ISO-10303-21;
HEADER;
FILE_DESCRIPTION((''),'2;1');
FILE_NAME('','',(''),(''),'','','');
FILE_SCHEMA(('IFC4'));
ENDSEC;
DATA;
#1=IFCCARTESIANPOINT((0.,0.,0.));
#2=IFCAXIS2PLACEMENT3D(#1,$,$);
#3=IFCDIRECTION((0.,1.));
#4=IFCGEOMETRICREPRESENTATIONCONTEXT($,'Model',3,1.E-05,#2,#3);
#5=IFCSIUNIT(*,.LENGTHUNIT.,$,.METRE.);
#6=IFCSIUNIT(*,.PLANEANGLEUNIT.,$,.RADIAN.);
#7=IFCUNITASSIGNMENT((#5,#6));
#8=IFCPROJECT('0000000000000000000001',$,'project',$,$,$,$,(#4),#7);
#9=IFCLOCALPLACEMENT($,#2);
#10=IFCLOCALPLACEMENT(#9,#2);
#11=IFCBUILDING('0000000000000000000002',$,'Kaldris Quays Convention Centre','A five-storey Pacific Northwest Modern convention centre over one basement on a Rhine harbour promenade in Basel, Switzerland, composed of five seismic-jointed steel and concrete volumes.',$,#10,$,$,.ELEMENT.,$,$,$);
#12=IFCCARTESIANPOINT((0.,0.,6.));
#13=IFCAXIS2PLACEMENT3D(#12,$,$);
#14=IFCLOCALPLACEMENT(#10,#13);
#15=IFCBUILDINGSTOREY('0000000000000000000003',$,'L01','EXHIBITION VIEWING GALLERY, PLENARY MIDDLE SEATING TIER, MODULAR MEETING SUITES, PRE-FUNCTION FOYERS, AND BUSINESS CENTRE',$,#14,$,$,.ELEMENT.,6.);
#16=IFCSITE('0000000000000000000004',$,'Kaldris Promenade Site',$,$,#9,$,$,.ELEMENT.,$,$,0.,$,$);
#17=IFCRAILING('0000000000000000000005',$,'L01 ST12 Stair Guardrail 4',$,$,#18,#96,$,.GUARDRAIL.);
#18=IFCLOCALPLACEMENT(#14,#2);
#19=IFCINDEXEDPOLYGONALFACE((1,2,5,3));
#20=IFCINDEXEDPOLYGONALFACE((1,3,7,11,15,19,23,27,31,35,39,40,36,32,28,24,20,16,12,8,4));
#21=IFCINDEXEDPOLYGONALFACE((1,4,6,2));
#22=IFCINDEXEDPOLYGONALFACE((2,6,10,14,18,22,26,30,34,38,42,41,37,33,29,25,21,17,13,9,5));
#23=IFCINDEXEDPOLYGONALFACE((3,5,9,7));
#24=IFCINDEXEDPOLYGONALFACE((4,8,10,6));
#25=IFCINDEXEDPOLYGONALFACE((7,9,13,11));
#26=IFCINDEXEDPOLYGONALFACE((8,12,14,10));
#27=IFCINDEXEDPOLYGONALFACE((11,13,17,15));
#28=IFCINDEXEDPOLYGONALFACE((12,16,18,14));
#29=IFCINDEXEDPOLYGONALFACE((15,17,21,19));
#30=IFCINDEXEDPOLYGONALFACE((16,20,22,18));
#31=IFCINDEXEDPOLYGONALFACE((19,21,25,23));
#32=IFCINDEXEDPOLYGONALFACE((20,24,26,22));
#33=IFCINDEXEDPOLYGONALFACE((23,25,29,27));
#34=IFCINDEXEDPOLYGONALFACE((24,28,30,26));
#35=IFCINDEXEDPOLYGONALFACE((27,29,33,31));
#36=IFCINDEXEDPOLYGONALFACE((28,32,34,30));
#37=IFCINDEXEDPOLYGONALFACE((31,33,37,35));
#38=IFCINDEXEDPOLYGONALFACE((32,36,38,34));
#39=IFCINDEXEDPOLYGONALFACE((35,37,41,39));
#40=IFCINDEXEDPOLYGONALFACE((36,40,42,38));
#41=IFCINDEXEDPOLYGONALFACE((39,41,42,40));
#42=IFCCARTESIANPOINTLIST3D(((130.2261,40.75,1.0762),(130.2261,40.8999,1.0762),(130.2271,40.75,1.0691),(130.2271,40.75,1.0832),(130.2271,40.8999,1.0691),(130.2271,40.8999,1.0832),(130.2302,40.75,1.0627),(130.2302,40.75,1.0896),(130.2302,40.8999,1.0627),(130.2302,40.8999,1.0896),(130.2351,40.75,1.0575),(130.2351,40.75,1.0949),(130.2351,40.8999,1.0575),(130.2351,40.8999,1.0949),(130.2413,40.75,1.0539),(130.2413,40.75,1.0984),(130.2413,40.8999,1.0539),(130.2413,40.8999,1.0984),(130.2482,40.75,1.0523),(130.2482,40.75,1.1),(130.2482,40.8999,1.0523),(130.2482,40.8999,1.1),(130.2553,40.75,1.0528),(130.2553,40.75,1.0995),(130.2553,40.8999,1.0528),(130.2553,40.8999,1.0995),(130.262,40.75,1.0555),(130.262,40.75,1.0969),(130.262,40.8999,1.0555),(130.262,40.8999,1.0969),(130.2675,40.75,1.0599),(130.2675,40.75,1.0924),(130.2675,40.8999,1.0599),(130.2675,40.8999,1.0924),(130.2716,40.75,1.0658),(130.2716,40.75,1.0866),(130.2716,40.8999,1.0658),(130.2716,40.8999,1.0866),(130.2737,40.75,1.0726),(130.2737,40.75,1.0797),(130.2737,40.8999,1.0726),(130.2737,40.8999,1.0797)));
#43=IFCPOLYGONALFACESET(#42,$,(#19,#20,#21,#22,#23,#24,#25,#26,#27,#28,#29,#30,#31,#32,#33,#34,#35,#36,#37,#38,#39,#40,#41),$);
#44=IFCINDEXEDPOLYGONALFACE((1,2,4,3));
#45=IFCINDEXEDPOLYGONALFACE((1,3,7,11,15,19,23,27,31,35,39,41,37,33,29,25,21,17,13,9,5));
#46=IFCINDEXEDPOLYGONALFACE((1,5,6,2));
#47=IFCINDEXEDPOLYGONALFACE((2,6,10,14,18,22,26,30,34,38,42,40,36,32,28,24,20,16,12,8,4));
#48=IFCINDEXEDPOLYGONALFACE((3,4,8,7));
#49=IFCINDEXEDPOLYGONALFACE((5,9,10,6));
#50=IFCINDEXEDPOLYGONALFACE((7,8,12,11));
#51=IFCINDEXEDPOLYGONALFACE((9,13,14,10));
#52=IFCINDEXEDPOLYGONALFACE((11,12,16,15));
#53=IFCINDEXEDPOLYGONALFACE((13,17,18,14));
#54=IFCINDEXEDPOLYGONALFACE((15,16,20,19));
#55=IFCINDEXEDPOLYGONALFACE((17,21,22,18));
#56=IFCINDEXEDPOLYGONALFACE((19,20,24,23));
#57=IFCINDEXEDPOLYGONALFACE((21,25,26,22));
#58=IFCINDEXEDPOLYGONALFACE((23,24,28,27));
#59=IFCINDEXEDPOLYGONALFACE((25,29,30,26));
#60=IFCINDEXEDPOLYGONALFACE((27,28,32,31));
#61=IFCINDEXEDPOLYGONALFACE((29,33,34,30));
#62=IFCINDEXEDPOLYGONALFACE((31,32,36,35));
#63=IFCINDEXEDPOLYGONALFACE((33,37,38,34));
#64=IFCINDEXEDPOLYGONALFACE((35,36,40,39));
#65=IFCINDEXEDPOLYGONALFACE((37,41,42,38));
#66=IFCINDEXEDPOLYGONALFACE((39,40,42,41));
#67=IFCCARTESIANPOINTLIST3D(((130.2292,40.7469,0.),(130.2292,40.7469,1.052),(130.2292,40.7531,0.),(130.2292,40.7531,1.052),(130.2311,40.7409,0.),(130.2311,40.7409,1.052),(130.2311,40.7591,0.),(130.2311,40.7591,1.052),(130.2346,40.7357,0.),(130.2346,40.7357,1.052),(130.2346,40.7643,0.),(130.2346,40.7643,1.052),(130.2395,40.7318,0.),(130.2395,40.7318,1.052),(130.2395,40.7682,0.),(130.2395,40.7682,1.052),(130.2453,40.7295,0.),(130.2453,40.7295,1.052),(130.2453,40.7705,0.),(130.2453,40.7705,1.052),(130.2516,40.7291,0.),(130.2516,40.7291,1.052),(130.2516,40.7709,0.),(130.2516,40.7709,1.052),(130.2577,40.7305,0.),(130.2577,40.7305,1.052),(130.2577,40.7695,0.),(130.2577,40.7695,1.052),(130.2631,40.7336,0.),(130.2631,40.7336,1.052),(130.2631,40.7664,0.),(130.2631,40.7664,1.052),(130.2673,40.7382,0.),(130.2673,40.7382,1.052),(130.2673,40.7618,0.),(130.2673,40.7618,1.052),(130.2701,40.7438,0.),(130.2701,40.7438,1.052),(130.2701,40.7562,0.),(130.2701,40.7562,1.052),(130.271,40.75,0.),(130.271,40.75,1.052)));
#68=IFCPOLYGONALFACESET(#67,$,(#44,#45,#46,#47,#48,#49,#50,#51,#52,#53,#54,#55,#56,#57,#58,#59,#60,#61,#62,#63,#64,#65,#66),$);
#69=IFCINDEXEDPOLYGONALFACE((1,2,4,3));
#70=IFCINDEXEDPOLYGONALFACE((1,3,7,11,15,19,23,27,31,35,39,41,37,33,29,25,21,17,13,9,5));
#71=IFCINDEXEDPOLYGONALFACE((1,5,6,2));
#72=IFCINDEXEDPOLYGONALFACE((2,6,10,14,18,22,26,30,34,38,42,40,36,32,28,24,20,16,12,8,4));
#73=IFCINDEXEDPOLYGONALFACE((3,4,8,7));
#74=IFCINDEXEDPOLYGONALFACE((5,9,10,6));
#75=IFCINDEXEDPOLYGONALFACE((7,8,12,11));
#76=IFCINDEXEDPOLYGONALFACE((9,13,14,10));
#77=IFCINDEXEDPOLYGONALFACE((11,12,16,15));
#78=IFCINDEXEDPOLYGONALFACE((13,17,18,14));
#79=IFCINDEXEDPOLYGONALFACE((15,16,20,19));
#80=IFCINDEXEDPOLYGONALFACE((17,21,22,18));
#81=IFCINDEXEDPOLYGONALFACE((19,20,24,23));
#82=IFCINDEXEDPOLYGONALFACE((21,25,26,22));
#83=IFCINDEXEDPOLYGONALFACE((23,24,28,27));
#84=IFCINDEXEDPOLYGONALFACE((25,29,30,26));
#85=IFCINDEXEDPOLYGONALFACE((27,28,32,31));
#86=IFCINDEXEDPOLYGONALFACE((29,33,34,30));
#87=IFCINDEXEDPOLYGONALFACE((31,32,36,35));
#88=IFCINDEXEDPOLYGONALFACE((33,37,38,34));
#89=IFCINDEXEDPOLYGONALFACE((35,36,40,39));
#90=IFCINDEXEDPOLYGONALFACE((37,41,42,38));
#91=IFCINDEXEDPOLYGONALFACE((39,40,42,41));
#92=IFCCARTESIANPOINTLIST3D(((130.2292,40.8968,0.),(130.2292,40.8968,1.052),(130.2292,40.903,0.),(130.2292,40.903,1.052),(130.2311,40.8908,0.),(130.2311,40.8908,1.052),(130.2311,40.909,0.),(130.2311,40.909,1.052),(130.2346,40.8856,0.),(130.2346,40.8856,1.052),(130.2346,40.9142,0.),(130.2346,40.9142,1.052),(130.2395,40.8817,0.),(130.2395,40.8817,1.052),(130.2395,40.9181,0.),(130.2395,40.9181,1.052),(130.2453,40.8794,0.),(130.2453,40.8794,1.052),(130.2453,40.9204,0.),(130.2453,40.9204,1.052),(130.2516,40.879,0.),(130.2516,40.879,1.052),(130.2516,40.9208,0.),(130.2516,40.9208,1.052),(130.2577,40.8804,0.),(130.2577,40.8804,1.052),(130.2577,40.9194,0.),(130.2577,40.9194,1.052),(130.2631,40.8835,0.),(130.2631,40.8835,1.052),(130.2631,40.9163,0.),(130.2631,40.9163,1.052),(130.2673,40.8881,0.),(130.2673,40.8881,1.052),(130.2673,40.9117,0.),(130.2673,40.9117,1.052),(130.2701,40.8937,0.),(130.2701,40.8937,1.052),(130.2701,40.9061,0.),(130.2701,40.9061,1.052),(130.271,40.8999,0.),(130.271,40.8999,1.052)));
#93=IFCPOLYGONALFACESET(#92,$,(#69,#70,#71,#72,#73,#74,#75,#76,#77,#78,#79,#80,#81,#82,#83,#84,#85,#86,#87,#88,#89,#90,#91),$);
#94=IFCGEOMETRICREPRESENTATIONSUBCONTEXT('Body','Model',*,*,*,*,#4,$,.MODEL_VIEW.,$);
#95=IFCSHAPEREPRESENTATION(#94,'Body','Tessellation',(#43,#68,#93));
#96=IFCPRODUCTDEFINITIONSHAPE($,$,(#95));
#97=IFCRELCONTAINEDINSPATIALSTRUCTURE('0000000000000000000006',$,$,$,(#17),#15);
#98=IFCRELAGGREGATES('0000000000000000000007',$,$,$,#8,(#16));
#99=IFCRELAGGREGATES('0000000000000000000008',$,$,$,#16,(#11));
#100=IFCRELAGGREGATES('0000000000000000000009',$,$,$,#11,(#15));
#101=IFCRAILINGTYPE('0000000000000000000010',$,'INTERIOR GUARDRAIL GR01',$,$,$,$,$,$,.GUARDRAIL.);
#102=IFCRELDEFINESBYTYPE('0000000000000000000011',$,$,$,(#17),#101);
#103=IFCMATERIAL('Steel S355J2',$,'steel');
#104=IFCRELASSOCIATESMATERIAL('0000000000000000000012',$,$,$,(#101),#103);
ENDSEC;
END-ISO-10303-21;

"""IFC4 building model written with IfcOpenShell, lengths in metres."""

from ifc_helpers import new_model, si_unit, direction, frame, origin, origin_2d, place, context, subcontext, project, spatial, circle, extrude, material, type_object, element, save


model = new_model("IFC4")

# Units and contexts
model_context = context("Model", 3, precision=1e-05, world=origin(), true_north=direction((0.0, 1.0)))
body_context = subcontext(model_context, "Body", "Model", "MODEL_VIEW")
ifc_project = project(units=[si_unit("LENGTHUNIT", "METRE"), si_unit("PLANEANGLEUNIT", "RADIAN")], contexts=[model_context])

# Site, building, storey
site_placement = place(None, origin())
site = spatial("IfcSite", under=ifc_project, at=site_placement, Name="Kaldris Promenade Site", CompositionType="ELEMENT", RefElevation=0.0)
building_placement = place(site_placement, origin())
building = spatial("IfcBuilding", under=site, at=building_placement, Name="Kaldris Quays Convention Centre", Description="A five-storey Pacific Northwest Modern convention centre over one basement on a Rhine harbour promenade in Basel, Switzerland, composed of five seismic-jointed steel and concrete volumes.", CompositionType="ELEMENT")
storey_placement = place(building_placement, frame((0.0, 0.0, 6.0)))
storey = spatial("IfcBuildingStorey", under=building, at=storey_placement, Name="L01", Description="EXHIBITION VIEWING GALLERY, PLENARY MIDDLE SEATING TIER, MODULAR MEETING SUITES, PRE-FUNCTION FOYERS, AND BUSINESS CENTRE", CompositionType="ELEMENT", Elevation=6.0)

# Shared definitions
ifc_material_1 = material(Name="Steel S355J2", Category="steel")

# Railing
railing_type_1 = type_object("IfcRailingType", Name="INTERIOR GUARDRAIL GR01", PredefinedType="GUARDRAIL", material=ifc_material_1)
railing_1_placement = place(storey_placement, frame((130.25, 40.75, 0.0)))
element("IfcRailing", 1, at=railing_1_placement, inside=storey, type_object=railing_type_1, Name="L01 ST12 Stair Guardrail 4", PredefinedType="GUARDRAIL", context=body_context, shape_type="SweptSolid", body=[
    extrude(circle(Radius=0.0239, at=origin_2d()), frame((0.0, 0.0, 1.0762), z_axis=(0.0, 1.0, 0.0), x_axis=(-1.0, 0.0, 0.0)), (0.0, 0.0, 1.0), 0.1499),
    extrude(circle(Radius=0.021, at=origin_2d()), origin(), (0.0, 0.0, 1.0), 1.052),
    extrude(circle(Radius=0.021, at=origin_2d()), frame((0.0, 0.1499, 0.0)), (0.0, 0.0, 1.0), 1.052),
])

save(model, "model.ifc")
